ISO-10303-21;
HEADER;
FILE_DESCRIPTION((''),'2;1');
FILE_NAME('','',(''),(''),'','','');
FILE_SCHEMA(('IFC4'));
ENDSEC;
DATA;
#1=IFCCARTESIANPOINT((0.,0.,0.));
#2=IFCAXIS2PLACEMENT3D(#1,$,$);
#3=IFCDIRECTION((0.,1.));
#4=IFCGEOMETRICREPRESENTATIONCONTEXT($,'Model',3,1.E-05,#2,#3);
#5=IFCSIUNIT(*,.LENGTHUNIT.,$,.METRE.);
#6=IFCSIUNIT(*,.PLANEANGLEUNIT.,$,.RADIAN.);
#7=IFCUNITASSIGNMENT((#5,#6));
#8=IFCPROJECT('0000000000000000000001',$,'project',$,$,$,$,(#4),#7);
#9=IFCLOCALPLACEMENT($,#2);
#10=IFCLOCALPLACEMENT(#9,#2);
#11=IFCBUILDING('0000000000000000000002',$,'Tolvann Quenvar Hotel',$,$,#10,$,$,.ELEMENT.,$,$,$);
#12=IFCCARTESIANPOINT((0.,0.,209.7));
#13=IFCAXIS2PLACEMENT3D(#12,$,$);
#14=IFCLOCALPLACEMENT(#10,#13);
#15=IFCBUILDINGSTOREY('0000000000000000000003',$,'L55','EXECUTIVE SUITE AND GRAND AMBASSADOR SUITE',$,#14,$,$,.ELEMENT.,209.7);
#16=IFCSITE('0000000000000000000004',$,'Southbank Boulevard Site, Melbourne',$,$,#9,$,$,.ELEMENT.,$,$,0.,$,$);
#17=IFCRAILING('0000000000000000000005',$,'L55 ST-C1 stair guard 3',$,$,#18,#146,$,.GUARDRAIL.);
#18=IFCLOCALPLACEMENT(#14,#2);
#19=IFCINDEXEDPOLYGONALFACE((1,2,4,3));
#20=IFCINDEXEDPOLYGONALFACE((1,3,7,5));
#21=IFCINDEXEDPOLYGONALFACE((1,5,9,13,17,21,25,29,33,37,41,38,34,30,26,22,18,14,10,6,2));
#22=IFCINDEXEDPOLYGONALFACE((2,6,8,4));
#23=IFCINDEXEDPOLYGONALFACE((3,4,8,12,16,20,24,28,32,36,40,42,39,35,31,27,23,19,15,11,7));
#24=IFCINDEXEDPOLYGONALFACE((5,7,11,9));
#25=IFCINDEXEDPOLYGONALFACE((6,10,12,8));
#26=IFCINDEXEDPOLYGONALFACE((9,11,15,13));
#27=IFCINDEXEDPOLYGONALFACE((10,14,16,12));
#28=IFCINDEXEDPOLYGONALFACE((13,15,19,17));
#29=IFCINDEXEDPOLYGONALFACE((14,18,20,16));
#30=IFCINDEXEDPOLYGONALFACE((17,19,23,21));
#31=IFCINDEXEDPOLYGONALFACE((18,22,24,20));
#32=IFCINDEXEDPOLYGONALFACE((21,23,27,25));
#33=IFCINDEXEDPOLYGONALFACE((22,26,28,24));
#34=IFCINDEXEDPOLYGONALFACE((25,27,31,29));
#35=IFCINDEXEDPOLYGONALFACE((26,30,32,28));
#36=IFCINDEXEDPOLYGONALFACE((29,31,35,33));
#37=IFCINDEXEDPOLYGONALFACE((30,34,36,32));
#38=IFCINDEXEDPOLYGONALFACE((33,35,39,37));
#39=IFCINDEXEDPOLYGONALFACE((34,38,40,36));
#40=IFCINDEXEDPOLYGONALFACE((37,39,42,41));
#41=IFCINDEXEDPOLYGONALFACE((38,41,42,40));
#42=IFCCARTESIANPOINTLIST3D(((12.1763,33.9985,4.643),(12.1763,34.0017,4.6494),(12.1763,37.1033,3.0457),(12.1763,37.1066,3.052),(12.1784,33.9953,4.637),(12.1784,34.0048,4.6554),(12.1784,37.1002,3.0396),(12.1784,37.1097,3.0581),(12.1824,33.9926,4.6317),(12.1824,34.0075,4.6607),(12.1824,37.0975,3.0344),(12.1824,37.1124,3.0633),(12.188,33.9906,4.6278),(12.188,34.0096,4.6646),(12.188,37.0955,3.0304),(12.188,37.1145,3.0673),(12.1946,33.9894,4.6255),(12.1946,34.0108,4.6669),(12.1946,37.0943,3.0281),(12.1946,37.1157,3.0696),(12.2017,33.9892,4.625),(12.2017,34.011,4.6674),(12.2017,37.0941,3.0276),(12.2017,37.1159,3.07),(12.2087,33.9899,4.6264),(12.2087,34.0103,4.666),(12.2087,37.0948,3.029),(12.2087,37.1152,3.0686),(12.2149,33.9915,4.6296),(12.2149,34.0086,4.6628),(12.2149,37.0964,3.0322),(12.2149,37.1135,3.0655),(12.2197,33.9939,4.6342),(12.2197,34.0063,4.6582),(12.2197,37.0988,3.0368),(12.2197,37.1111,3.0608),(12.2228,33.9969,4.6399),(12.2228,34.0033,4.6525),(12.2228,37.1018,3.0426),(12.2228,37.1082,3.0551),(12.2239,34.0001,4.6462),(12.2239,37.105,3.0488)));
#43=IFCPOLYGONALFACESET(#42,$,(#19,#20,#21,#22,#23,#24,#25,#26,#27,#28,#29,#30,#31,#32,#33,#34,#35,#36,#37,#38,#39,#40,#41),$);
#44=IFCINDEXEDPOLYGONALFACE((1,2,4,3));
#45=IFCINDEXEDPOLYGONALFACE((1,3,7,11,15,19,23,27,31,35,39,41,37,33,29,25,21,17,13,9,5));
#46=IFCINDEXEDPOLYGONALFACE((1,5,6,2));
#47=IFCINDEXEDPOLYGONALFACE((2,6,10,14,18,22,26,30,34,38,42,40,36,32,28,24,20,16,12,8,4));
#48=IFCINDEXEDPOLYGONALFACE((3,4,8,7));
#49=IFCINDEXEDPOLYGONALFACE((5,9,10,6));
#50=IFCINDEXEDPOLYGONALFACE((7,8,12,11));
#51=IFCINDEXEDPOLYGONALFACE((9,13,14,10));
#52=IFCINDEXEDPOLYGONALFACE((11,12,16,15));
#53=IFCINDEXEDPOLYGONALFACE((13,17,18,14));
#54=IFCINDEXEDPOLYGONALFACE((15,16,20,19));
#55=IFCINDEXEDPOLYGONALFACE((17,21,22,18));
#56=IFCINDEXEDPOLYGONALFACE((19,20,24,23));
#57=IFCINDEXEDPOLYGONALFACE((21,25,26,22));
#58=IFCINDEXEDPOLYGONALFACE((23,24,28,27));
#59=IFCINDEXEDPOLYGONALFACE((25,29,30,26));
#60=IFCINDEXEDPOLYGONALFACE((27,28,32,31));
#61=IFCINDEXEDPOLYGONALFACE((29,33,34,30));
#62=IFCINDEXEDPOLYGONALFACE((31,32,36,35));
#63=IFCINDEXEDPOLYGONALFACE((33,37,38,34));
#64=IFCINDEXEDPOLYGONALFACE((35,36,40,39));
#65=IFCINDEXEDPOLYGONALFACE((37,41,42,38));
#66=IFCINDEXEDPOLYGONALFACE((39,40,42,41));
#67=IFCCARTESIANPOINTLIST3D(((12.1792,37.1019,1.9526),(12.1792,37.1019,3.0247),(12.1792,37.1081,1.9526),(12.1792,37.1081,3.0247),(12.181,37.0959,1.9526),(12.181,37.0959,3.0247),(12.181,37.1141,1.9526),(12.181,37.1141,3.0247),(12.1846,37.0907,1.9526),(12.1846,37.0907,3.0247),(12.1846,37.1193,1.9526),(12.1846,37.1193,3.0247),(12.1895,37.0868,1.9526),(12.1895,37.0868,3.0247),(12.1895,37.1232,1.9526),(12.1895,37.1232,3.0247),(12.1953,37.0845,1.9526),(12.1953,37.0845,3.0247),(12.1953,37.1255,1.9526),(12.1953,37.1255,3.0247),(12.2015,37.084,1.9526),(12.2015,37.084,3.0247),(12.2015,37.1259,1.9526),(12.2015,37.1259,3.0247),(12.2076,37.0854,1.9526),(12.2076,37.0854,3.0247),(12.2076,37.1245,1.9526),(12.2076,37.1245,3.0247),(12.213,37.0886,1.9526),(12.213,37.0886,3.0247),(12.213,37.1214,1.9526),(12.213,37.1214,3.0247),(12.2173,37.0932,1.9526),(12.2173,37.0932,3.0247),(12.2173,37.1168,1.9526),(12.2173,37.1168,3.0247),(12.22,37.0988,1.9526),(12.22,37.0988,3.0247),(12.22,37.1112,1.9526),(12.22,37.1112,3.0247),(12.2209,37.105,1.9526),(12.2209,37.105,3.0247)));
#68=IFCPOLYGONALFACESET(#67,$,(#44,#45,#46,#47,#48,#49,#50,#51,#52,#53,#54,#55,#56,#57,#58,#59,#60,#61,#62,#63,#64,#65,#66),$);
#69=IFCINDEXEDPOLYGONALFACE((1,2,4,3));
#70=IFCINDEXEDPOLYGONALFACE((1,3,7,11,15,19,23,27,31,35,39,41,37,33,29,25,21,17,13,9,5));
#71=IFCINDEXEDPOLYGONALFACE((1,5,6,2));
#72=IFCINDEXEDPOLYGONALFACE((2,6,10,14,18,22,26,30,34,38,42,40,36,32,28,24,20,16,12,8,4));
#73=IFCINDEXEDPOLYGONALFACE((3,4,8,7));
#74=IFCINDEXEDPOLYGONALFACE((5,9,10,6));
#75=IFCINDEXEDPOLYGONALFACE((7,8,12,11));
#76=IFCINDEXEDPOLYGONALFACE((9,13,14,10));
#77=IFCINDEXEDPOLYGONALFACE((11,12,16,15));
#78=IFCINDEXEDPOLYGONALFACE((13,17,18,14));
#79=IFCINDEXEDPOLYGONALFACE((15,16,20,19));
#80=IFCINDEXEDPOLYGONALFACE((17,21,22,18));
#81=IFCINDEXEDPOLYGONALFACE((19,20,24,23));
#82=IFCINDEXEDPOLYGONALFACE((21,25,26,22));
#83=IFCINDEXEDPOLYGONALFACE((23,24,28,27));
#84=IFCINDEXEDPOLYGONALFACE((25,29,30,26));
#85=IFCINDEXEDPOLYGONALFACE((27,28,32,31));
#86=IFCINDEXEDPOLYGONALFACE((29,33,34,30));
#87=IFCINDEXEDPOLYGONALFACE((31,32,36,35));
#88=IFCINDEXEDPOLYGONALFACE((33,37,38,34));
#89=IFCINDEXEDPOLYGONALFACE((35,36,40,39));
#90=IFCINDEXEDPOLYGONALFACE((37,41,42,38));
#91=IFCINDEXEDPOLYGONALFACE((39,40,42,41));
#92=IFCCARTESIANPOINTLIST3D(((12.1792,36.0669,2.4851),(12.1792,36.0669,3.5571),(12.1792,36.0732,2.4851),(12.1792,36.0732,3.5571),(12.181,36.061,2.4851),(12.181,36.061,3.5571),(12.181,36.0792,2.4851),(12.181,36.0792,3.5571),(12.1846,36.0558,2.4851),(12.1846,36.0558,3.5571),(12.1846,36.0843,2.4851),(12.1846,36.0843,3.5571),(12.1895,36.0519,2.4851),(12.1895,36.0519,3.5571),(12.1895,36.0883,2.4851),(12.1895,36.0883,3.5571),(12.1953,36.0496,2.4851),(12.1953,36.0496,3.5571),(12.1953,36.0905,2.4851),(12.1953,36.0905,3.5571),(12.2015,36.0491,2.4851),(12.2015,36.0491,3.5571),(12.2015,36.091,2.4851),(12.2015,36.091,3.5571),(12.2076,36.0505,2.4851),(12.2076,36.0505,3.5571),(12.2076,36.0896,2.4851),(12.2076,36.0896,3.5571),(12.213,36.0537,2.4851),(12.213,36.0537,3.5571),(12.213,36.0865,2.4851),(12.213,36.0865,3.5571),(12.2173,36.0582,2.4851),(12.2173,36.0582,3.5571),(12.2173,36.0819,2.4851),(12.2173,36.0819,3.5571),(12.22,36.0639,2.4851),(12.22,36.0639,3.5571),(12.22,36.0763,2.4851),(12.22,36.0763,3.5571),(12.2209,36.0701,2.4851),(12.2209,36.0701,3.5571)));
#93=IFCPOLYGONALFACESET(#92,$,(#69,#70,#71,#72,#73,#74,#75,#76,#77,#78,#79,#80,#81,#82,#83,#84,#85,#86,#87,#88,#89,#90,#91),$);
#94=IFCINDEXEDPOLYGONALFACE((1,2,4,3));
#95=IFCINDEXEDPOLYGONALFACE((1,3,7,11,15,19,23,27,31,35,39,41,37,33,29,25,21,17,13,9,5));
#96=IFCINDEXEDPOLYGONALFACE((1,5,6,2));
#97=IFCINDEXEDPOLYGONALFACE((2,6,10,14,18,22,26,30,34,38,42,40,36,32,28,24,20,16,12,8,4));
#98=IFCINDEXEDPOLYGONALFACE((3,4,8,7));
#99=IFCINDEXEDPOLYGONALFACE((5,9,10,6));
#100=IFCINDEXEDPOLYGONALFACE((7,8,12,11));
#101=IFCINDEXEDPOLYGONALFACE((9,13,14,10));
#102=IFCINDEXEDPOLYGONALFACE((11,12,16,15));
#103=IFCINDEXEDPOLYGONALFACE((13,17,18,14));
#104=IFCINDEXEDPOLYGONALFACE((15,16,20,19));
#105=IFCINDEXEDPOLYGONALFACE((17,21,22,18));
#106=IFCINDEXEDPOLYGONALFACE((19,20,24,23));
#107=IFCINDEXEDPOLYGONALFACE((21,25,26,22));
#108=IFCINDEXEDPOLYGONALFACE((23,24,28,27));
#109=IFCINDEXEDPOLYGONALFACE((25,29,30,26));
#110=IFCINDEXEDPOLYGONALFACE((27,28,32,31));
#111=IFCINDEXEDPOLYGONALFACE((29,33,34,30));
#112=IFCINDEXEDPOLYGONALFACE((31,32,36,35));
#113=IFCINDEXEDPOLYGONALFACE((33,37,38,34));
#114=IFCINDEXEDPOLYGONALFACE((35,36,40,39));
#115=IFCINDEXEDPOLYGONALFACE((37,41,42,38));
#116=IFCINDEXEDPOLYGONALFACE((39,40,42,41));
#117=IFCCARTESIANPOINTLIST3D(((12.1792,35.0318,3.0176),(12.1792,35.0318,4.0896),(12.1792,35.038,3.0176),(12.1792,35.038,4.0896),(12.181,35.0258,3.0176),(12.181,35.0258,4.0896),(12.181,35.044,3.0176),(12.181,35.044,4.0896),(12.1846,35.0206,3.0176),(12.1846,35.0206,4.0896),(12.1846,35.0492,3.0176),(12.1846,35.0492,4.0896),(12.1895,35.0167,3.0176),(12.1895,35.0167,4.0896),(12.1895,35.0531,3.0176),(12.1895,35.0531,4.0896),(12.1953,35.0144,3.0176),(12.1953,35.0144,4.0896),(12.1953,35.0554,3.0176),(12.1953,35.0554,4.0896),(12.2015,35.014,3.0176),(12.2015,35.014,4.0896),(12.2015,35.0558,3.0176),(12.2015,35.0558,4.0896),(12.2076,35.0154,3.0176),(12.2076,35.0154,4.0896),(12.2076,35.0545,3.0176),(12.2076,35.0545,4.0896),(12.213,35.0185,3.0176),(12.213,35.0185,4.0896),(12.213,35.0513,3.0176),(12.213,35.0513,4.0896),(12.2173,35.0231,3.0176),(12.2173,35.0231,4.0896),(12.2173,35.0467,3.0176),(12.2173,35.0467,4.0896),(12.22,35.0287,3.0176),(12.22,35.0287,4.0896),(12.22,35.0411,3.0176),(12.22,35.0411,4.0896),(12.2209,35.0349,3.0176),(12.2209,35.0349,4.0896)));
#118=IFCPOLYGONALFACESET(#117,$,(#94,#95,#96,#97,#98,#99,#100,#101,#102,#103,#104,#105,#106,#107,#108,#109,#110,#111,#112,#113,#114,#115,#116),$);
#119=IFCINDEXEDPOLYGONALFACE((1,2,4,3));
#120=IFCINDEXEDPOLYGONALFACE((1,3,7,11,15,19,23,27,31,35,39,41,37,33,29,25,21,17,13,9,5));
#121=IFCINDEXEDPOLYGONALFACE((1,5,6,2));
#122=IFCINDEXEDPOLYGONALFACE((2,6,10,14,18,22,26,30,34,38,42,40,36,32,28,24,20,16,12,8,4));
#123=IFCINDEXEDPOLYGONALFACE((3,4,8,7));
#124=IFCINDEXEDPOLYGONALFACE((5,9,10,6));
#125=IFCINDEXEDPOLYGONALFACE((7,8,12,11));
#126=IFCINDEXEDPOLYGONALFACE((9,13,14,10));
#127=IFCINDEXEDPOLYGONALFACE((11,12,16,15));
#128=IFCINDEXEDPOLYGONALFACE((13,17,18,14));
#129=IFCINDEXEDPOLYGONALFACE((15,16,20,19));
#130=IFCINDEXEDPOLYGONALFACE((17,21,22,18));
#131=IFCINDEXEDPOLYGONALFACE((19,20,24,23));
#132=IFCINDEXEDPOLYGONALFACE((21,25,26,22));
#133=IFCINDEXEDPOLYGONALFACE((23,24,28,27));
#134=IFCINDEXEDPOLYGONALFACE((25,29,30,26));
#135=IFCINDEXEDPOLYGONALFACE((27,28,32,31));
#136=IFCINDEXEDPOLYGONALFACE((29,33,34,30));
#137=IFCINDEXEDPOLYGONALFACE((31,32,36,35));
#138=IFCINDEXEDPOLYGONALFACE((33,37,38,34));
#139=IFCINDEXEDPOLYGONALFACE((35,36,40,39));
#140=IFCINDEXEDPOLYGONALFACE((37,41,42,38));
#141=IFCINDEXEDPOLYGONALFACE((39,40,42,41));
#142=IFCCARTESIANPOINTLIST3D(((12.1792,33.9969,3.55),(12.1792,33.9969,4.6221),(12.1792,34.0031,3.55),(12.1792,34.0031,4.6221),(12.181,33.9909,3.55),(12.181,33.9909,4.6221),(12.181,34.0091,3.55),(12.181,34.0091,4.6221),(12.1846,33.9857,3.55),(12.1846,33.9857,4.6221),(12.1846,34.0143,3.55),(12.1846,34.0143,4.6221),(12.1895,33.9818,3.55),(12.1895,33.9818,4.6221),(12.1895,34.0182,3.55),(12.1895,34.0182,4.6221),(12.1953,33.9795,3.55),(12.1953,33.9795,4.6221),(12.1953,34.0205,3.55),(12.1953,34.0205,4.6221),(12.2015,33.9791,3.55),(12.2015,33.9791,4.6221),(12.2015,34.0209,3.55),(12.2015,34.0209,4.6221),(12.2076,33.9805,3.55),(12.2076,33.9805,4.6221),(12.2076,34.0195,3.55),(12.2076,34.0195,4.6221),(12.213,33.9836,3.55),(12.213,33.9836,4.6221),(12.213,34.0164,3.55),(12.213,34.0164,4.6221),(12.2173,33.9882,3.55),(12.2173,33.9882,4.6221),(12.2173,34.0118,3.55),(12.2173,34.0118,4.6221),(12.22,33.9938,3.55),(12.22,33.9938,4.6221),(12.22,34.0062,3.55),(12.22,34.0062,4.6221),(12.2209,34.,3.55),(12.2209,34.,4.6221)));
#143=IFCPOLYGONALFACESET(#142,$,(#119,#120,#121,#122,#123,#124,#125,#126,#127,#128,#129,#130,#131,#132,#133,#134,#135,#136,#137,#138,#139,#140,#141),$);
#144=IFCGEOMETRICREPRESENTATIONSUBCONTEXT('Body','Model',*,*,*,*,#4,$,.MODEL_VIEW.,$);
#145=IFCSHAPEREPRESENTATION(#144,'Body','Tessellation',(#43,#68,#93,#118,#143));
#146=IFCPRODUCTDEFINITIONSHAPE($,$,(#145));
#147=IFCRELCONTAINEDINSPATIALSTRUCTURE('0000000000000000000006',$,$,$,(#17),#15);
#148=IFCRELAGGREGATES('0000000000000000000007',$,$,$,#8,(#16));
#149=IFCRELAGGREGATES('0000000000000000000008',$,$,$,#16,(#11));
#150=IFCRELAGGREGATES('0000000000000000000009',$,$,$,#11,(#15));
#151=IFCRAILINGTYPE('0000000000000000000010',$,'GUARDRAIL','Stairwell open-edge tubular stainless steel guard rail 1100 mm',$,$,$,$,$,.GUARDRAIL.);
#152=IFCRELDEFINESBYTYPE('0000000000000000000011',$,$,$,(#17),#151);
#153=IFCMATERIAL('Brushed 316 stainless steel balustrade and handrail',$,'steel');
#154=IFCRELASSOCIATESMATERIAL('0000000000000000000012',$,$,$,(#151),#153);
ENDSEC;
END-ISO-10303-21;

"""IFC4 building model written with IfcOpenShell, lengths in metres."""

from ifc_helpers import new_model, si_unit, direction, frame, origin, origin_2d, place, context, subcontext, project, spatial, circle, extrude, material, type_object, element, save


model = new_model("IFC4")

# Units and contexts
model_context = context("Model", 3, precision=1e-05, world=origin(), true_north=direction((0.0, 1.0)))
body_context = subcontext(model_context, "Body", "Model", "MODEL_VIEW")
ifc_project = project(units=[si_unit("LENGTHUNIT", "METRE"), si_unit("PLANEANGLEUNIT", "RADIAN")], contexts=[model_context])

# Site, building, storey
site_placement = place(None, origin())
site = spatial("IfcSite", under=ifc_project, at=site_placement, Name="Southbank Boulevard Site, Melbourne", CompositionType="ELEMENT", RefElevation=0.0)
building_placement = place(site_placement, origin())
building = spatial("IfcBuilding", under=site, at=building_placement, Name="Tolvann Quenvar Hotel", CompositionType="ELEMENT")
storey_placement = place(building_placement, frame((0.0, 0.0, 209.7)))
storey = spatial("IfcBuildingStorey", under=building, at=storey_placement, Name="L55", Description="EXECUTIVE SUITE AND GRAND AMBASSADOR SUITE", CompositionType="ELEMENT", Elevation=209.7)

# Railing
ifc_material_1 = material(Name="Brushed 316 stainless steel balustrade and handrail", Category="steel")
railing_type_1 = type_object("IfcRailingType", Name="GUARDRAIL", Description="Stairwell open-edge tubular stainless steel guard rail 1100 mm", PredefinedType="GUARDRAIL", material=ifc_material_1)
railing_1_placement = place(storey_placement, frame((12.2, 37.105, 1.9526)))
element("IfcRailing", 1, at=railing_1_placement, inside=storey, type_object=railing_type_1, Name="L55 ST-C1 stair guard 3", PredefinedType="GUARDRAIL", context=body_context, shape_type="SweptSolid", body=[
    extrude(circle(Radius=0.0239, at=origin_2d()), frame((0.0, 0.0, 1.0962), z_axis=(0.0, -0.889222, 0.457476), x_axis=(1.0, 0.0, 0.0)), (0.0, 0.0, 1.0), 3.4917),
    extrude(circle(Radius=0.021, at=origin_2d()), origin(), (0.0, 0.0, 1.0), 1.072),
    extrude(circle(Radius=0.021, at=origin_2d()), frame((0.0, -1.0349, 0.5325)), (0.0, 0.0, 1.0), 1.072),
    extrude(circle(Radius=0.021, at=origin_2d()), frame((0.0, -2.0701, 1.0649)), (0.0, 0.0, 1.0), 1.072),
    extrude(circle(Radius=0.021, at=origin_2d()), frame((0.0, -3.105, 1.5974)), (0.0, 0.0, 1.0), 1.072),
])

save(model, "model.ifc")
